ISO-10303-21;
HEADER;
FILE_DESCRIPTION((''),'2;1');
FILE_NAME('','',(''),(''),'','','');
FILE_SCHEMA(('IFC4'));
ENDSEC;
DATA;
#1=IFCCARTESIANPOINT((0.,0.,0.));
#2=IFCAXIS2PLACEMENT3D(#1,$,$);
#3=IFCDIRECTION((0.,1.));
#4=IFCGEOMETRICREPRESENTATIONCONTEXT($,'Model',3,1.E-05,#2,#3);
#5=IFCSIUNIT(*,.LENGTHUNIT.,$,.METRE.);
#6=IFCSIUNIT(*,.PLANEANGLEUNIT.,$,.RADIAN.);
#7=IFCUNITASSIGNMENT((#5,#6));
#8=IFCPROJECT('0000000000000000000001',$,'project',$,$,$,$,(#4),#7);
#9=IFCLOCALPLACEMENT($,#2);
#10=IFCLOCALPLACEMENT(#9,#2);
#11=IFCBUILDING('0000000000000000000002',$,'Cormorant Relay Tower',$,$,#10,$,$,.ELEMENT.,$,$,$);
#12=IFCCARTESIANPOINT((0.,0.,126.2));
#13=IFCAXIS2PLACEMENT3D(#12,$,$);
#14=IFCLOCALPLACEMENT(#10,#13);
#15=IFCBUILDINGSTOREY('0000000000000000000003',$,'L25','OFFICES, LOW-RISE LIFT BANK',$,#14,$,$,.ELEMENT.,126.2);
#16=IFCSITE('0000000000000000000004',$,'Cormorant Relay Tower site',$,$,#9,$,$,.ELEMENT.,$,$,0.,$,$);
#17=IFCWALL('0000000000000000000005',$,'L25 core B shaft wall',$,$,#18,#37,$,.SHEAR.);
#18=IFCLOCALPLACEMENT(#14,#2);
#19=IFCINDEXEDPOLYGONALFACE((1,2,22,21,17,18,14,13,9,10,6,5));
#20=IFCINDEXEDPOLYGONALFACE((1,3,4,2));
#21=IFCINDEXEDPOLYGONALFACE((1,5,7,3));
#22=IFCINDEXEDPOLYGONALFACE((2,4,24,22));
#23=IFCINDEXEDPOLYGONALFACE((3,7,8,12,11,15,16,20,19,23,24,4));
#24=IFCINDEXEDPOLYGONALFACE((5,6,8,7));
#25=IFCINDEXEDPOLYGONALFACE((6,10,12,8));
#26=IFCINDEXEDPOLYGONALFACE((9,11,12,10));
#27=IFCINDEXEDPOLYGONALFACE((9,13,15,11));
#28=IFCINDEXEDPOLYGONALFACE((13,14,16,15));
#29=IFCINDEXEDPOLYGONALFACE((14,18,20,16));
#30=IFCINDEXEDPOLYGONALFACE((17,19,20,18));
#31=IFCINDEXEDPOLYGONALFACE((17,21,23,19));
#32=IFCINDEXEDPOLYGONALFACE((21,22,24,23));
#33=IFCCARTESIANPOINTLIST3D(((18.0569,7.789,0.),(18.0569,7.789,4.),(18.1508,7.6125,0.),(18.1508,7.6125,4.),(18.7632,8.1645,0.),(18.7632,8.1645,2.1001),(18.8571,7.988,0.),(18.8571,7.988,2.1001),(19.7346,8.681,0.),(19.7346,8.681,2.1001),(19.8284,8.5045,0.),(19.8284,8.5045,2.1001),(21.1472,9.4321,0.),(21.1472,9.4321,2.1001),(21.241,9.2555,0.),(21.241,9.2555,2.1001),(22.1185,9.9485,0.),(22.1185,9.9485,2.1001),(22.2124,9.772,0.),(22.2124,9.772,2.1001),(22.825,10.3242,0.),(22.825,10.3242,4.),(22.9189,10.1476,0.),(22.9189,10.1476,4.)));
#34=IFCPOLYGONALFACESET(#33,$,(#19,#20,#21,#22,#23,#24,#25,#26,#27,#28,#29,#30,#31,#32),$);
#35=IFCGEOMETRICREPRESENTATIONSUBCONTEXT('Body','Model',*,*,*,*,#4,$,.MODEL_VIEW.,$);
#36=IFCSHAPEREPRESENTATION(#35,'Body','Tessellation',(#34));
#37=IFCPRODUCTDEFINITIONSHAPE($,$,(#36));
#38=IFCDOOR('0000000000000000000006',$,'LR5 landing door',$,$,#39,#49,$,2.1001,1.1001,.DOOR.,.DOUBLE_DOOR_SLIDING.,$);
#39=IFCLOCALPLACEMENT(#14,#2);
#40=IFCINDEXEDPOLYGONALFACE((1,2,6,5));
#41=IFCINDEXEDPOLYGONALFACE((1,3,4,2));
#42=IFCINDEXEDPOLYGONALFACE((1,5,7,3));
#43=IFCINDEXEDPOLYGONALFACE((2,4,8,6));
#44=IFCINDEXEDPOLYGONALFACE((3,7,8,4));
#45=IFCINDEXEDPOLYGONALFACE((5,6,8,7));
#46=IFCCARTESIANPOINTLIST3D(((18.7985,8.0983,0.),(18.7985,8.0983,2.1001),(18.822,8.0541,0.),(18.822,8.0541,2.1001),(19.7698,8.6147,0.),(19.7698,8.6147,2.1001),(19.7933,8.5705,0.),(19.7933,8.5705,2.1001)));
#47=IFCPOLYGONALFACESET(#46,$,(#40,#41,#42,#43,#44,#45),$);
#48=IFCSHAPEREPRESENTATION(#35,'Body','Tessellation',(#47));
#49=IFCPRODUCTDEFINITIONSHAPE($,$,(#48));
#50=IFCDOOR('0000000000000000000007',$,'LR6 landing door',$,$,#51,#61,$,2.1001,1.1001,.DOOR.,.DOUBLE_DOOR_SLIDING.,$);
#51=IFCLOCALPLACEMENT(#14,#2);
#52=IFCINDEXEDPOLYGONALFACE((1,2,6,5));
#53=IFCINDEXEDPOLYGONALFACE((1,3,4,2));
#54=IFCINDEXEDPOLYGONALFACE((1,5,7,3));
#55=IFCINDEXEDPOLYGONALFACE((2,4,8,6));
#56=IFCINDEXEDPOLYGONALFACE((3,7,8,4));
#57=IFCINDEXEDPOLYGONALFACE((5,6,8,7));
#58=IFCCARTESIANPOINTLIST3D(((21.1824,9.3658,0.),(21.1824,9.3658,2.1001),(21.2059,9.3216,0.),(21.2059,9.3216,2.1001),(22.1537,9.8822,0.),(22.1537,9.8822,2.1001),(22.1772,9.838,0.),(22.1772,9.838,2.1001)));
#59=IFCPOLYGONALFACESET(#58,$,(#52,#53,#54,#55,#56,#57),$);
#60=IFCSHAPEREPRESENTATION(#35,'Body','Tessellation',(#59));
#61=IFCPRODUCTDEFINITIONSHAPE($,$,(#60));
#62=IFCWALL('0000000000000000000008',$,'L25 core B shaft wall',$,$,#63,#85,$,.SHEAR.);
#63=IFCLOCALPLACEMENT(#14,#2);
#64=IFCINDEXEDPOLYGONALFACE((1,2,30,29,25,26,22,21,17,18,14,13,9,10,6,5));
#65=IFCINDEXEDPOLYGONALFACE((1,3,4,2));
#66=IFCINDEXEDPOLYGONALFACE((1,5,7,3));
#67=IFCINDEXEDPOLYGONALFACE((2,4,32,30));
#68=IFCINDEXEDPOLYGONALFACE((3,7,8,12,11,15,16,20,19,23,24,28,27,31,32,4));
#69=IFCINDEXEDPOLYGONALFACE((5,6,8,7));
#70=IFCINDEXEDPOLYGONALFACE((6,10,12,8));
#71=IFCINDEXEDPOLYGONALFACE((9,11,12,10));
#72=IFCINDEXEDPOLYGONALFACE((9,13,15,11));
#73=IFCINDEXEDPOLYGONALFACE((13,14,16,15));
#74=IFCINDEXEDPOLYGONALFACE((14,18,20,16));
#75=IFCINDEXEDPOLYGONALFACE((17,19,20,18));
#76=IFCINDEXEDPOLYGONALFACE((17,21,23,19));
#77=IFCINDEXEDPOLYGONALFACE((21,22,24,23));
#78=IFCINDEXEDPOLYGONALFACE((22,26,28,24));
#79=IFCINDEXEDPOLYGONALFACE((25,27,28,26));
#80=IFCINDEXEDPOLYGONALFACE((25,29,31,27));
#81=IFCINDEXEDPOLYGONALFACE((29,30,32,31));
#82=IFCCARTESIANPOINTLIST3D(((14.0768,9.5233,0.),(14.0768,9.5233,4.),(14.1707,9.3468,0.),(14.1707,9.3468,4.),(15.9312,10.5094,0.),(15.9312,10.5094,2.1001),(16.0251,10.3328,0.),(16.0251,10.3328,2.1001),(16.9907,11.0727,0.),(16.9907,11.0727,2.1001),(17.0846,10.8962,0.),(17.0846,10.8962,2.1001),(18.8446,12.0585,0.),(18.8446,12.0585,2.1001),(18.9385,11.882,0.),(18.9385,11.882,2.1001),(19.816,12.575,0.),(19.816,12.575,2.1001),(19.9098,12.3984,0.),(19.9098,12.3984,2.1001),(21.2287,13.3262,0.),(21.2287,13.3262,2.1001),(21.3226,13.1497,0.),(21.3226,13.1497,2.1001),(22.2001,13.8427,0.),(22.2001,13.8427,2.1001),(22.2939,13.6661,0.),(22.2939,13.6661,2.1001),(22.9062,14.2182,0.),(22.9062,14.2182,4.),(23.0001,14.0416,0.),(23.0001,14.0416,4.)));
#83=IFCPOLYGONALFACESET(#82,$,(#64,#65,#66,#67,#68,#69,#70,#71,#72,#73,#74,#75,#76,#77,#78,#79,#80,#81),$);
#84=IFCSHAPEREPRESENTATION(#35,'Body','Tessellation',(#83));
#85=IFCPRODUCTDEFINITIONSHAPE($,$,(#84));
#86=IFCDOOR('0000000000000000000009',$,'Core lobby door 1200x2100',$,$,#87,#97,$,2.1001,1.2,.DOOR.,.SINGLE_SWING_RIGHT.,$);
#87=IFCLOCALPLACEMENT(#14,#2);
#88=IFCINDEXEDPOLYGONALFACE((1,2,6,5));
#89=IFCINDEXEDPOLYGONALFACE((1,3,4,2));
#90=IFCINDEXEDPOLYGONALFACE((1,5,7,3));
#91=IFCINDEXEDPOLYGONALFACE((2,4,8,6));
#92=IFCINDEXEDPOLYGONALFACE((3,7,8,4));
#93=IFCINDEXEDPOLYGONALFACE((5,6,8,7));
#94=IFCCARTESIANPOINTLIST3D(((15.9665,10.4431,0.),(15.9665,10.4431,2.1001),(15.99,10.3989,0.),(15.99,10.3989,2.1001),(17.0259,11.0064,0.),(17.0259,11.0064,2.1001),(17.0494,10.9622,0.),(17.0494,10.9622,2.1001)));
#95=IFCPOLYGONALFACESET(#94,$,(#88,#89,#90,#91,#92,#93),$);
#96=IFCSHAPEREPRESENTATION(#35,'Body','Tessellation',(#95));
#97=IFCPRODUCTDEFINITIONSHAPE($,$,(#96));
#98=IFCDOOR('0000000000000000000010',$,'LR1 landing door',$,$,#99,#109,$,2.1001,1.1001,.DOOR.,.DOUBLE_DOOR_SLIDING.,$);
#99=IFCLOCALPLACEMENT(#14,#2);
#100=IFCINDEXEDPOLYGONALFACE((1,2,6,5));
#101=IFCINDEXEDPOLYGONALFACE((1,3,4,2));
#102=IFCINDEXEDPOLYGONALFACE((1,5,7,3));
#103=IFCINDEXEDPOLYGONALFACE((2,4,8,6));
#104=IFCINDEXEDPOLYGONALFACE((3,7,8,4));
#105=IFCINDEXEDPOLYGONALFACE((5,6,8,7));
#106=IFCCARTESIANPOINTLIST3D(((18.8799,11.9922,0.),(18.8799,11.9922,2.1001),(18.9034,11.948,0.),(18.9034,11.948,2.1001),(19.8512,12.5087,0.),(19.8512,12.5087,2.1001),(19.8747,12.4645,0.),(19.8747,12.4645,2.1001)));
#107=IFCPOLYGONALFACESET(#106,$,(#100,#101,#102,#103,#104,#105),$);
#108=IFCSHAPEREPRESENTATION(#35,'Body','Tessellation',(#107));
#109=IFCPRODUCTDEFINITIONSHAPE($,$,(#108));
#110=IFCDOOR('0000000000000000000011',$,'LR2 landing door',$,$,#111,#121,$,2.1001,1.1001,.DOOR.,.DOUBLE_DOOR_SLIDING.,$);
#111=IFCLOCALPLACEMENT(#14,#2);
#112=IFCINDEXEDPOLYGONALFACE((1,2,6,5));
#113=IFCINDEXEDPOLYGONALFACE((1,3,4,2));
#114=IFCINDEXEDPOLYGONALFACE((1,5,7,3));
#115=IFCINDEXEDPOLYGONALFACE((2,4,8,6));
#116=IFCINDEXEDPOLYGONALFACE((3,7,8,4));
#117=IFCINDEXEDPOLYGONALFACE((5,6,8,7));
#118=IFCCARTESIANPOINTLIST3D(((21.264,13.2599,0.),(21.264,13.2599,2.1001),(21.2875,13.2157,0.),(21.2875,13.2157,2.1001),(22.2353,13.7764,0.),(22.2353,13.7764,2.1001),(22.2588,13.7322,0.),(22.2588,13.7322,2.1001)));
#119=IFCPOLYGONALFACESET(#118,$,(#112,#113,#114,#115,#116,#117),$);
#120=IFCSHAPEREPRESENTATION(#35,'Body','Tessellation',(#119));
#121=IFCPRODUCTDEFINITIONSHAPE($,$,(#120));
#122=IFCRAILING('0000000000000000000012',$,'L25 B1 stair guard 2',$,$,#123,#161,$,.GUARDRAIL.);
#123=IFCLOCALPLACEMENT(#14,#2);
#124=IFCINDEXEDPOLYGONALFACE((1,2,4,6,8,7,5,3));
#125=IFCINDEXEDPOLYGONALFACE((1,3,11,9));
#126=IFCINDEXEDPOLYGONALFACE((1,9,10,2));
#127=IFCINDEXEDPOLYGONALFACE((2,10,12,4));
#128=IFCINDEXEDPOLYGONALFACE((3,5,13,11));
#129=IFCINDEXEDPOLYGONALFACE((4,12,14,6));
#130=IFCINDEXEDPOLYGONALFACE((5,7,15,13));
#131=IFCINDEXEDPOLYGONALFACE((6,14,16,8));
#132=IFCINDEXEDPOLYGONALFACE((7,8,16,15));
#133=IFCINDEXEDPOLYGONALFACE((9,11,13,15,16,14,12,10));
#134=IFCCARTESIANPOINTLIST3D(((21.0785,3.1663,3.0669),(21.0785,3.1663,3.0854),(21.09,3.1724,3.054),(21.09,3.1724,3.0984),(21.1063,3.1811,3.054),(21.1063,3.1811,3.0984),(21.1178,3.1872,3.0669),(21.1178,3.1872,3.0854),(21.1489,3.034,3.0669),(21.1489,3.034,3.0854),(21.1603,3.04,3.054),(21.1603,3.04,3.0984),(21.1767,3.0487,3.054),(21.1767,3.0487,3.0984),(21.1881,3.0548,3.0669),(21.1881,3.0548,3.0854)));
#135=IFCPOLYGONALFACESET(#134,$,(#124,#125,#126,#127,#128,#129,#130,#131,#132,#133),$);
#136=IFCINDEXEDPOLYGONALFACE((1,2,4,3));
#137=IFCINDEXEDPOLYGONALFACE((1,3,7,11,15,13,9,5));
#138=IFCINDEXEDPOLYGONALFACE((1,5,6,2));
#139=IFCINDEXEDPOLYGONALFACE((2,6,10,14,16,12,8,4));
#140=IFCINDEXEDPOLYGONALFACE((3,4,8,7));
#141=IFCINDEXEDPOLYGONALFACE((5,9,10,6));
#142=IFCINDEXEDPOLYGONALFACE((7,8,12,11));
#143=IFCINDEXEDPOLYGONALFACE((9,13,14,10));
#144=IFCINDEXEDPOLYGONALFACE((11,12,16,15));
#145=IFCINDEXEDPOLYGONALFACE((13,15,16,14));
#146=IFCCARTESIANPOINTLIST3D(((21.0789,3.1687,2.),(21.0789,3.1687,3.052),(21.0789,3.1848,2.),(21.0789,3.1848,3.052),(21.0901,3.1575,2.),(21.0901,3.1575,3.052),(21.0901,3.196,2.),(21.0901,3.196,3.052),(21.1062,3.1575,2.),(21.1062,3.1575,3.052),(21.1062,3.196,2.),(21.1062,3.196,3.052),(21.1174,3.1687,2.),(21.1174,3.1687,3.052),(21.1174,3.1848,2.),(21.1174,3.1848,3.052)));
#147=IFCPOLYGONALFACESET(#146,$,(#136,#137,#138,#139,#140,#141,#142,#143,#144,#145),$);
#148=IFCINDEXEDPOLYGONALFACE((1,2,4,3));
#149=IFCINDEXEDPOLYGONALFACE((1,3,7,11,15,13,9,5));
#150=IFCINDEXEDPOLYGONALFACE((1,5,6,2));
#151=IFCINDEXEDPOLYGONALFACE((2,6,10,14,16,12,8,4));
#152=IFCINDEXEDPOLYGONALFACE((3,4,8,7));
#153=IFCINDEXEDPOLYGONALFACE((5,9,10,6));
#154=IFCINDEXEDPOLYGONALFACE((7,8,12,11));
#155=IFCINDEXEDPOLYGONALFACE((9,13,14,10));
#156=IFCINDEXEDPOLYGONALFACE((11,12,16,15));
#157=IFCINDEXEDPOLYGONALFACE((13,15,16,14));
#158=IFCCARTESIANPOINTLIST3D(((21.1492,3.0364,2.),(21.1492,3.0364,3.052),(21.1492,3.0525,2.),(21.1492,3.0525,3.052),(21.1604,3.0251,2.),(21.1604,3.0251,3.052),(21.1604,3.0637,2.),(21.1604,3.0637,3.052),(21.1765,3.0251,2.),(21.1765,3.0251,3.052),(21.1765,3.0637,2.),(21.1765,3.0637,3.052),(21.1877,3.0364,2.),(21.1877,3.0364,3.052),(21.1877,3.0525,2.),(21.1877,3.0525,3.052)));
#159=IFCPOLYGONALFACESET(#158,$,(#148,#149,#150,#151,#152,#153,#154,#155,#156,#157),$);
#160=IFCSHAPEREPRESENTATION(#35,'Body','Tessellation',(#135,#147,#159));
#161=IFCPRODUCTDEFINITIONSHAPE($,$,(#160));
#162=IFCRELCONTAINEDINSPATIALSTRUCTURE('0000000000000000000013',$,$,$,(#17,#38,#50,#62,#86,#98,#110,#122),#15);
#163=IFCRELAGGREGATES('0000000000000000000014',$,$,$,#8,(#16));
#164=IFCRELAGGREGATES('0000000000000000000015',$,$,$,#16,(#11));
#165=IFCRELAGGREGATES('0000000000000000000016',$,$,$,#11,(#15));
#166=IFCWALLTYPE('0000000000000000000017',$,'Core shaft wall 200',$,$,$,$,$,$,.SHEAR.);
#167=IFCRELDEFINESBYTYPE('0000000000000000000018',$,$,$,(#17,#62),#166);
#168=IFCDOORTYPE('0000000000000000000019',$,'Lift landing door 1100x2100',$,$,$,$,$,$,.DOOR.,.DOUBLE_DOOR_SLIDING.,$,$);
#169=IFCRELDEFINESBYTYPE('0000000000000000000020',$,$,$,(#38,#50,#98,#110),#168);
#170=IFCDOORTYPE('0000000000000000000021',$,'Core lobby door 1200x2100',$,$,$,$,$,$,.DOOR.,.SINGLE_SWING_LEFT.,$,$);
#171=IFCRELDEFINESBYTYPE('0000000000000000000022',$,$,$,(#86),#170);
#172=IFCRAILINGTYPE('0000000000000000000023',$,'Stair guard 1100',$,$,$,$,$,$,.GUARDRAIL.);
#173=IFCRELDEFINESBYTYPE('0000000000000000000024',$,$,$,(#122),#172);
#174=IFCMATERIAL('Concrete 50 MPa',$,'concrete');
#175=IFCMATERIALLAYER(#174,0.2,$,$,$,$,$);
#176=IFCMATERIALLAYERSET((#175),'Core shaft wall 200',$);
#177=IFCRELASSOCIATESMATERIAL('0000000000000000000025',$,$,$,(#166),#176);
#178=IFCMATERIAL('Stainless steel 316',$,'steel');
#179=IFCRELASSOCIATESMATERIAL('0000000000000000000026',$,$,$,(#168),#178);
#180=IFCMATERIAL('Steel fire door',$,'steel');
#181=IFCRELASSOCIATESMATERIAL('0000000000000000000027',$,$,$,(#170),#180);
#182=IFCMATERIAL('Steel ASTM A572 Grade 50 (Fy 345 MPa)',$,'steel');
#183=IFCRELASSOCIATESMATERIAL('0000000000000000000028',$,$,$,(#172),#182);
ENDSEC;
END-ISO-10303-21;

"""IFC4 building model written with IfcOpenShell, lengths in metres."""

from ifc_helpers import new_model, si_unit, direction, frame, frame_2d, origin, place, context, subcontext, project, spatial, polyline, rectangle, outline, extrude, material, layer, layer_set, type_object, element, fill, save


model = new_model("IFC4")

# Units and contexts
model_context = context("Model", 3, precision=1e-05, world=origin(), true_north=direction((0.0, 1.0)))
body_context = subcontext(model_context, "Body", "Model", "MODEL_VIEW")
ifc_project = project(units=[si_unit("LENGTHUNIT", "METRE"), si_unit("PLANEANGLEUNIT", "RADIAN")], contexts=[model_context])

# Site, building, storey
site_placement = place(None, origin())
site = spatial("IfcSite", under=ifc_project, at=site_placement, Name="Cormorant Relay Tower site", CompositionType="ELEMENT", RefElevation=0.0)
building_placement = place(site_placement, origin())
building = spatial("IfcBuilding", under=site, at=building_placement, Name="Cormorant Relay Tower", CompositionType="ELEMENT")
storey_placement = place(building_placement, frame((0.0, 0.0, 126.2)))
storey = spatial("IfcBuildingStorey", under=building, at=storey_placement, Name="L25", Description="OFFICES, LOW-RISE LIFT BANK", CompositionType="ELEMENT", Elevation=126.2)

# Shared definitions
ifc_material_1 = material(Name="Concrete 50 MPa", Category="concrete")
ifc_layer_1 = layer(ifc_material_1, 0.2)
ifc_layer_set_1 = layer_set([ifc_layer_1], Name="Core shaft wall 200")
wall_type_1 = type_object("IfcWallType", Name="Core shaft wall 200", PredefinedType="SHEAR", material=ifc_layer_set_1)

# Walls, openings, doors
wall_1_placement = place(storey_placement, frame((18.1038, 7.7007, 0.0), z_axis=(0.0, 0.0, 1.0), x_axis=(0.882953, 0.469462, 0.0)))
wall_1 = element("IfcWall", 1, at=wall_1_placement, inside=storey, type_object=wall_type_1, Name="L25 core B shaft wall", PredefinedType="SHEAR", context=body_context, shape_type="SweptSolid", body=[
    extrude(rectangle(XDim=5.4001, YDim=0.2, at=frame_2d((2.7002, 0.0))), origin(), (0.0, 0.0, 1.0), 4.0),
])
opening_1_placement = place(wall_1_placement, frame((0.8, 0.0, 0.0)))
opening_1 = element("IfcOpeningElement", 2, at=opening_1_placement, cuts=wall_1, PredefinedType="OPENING", context=body_context, shape_type="SweptSolid", body=[
    extrude(rectangle(XDim=1.1001, YDim=2.1001, at=frame_2d((0.55, 1.05))), frame((0.0, 0.1099, 0.0), z_axis=(0.0, -1.0, 0.0), x_axis=(1.0, 0.0, 0.0)), (0.0, 0.0, 1.0), 0.22),
])
opening_2_placement = place(wall_1_placement, frame((3.5, 0.0, 0.0)))
opening_2 = element("IfcOpeningElement", 3, at=opening_2_placement, cuts=wall_1, PredefinedType="OPENING", context=body_context, shape_type="SweptSolid", body=[
    extrude(rectangle(XDim=1.1001, YDim=2.1001, at=frame_2d((0.55, 1.05))), frame((0.0, 0.1099, 0.0), z_axis=(0.0, -1.0, 0.0), x_axis=(1.0, 0.0, 0.0)), (0.0, 0.0, 1.0), 0.22),
])
ifc_material_2 = material(Name="Stainless steel 316", Category="steel")
door_type_1 = type_object("IfcDoorType", Name="Lift landing door 1100x2100", OperationType="DOUBLE_DOOR_SLIDING", PredefinedType="DOOR", material=ifc_material_2)
door_1_placement = place(opening_1_placement, origin())
door_1 = element("IfcDoor", 4, at=door_1_placement, inside=storey, type_object=door_type_1, Name="LR5 landing door", OperationType="DOUBLE_DOOR_SLIDING", OverallHeight=2.1001, OverallWidth=1.1001, PredefinedType="DOOR", context=body_context, shape_type="SweptSolid", body=[
    extrude(rectangle(XDim=1.1001, YDim=2.1001, at=frame_2d((0.55, 1.05))), frame((0.0, 0.0249, 0.0), z_axis=(0.0, -1.0, 0.0), x_axis=(1.0, 0.0, 0.0)), (0.0, 0.0, 1.0), 0.05),
])
fill(opening_1, door_1)
door_2_placement = place(opening_2_placement, origin())
door_2 = element("IfcDoor", 5, at=door_2_placement, inside=storey, type_object=door_type_1, Name="LR6 landing door", OperationType="DOUBLE_DOOR_SLIDING", OverallHeight=2.1001, OverallWidth=1.1001, PredefinedType="DOOR", context=body_context, shape_type="SweptSolid", body=[
    extrude(rectangle(XDim=1.1001, YDim=2.1001, at=frame_2d((0.55, 1.05))), frame((0.0, 0.0249, 0.0), z_axis=(0.0, -1.0, 0.0), x_axis=(1.0, 0.0, 0.0)), (0.0, 0.0, 1.0), 0.05),
])
fill(opening_2, door_2)
wall_2_placement = place(storey_placement, frame((14.1238, 9.4351, 0.0), z_axis=(0.0, 0.0, 1.0), x_axis=(0.88294, 0.469485, 0.0)))
wall_2 = element("IfcWall", 6, at=wall_2_placement, inside=storey, type_object=wall_type_1, Name="L25 core B shaft wall", PredefinedType="SHEAR", context=body_context, shape_type="SweptSolid", body=[
    extrude(rectangle(XDim=10.0, YDim=0.2, at=frame_2d((5.0, 0.0))), origin(), (0.0, 0.0, 1.0), 4.0),
])
opening_3_placement = place(wall_2_placement, frame((2.1001, 0.0, 0.0)))
opening_3 = element("IfcOpeningElement", 7, at=opening_3_placement, cuts=wall_2, PredefinedType="OPENING", context=body_context, shape_type="SweptSolid", body=[
    extrude(rectangle(XDim=1.2, YDim=2.1001, at=frame_2d((0.6001, 1.05))), frame((0.0, 0.1099, 0.0), z_axis=(0.0, -1.0, 0.0), x_axis=(1.0, 0.0, 0.0)), (0.0, 0.0, 1.0), 0.22),
])
opening_4_placement = place(wall_2_placement, frame((5.3999, 0.0, 0.0)))
opening_4 = element("IfcOpeningElement", 8, at=opening_4_placement, cuts=wall_2, PredefinedType="OPENING", context=body_context, shape_type="SweptSolid", body=[
    extrude(rectangle(XDim=1.1001, YDim=2.1001, at=frame_2d((0.55, 1.05))), frame((0.0, 0.1099, 0.0), z_axis=(0.0, -1.0, 0.0), x_axis=(1.0, 0.0, 0.0)), (0.0, 0.0, 1.0), 0.22),
])
opening_5_placement = place(wall_2_placement, frame((8.1001, 0.0, 0.0)))
opening_5 = element("IfcOpeningElement", 9, at=opening_5_placement, cuts=wall_2, PredefinedType="OPENING", context=body_context, shape_type="SweptSolid", body=[
    extrude(rectangle(XDim=1.1001, YDim=2.1001, at=frame_2d((0.55, 1.05))), frame((0.0, 0.1099, 0.0), z_axis=(0.0, -1.0, 0.0), x_axis=(1.0, 0.0, 0.0)), (0.0, 0.0, 1.0), 0.22),
])
ifc_material_3 = material(Name="Steel fire door", Category="steel")
door_type_2 = type_object("IfcDoorType", Name="Core lobby door 1200x2100", OperationType="SINGLE_SWING_LEFT", PredefinedType="DOOR", material=ifc_material_3)
door_3_placement = place(opening_3_placement, origin())
door_3 = element("IfcDoor", 10, at=door_3_placement, inside=storey, type_object=door_type_2, Name="Core lobby door 1200x2100", OperationType="SINGLE_SWING_RIGHT", OverallHeight=2.1001, OverallWidth=1.2, PredefinedType="DOOR", context=body_context, shape_type="SweptSolid", body=[
    extrude(rectangle(XDim=1.2, YDim=2.1001, at=frame_2d((0.6001, 1.05))), frame((0.0, 0.0249, 0.0), z_axis=(0.0, -1.0, 0.0), x_axis=(1.0, 0.0, 0.0)), (0.0, 0.0, 1.0), 0.05),
])
fill(opening_3, door_3)
door_4_placement = place(opening_4_placement, origin())
door_4 = element("IfcDoor", 11, at=door_4_placement, inside=storey, type_object=door_type_1, Name="LR1 landing door", OperationType="DOUBLE_DOOR_SLIDING", OverallHeight=2.1001, OverallWidth=1.1001, PredefinedType="DOOR", context=body_context, shape_type="SweptSolid", body=[
    extrude(rectangle(XDim=1.1001, YDim=2.1001, at=frame_2d((0.55, 1.05))), frame((0.0, 0.0249, 0.0), z_axis=(0.0, -1.0, 0.0), x_axis=(1.0, 0.0, 0.0)), (0.0, 0.0, 1.0), 0.05),
])
fill(opening_4, door_4)
door_5_placement = place(opening_5_placement, origin())
door_5 = element("IfcDoor", 12, at=door_5_placement, inside=storey, type_object=door_type_1, Name="LR2 landing door", OperationType="DOUBLE_DOOR_SLIDING", OverallHeight=2.1001, OverallWidth=1.1001, PredefinedType="DOOR", context=body_context, shape_type="SweptSolid", body=[
    extrude(rectangle(XDim=1.1001, YDim=2.1001, at=frame_2d((0.55, 1.05))), frame((0.0, 0.0249, 0.0), z_axis=(0.0, -1.0, 0.0), x_axis=(1.0, 0.0, 0.0)), (0.0, 0.0, 1.0), 0.05),
])
fill(opening_5, door_5)

# Railing
ifc_material_4 = material(Name="Steel ASTM A572 Grade 50 (Fy 345 MPa)", Category="steel")
railing_type = type_object("IfcRailingType", Name="Stair guard 1100", PredefinedType="GUARDRAIL", material=ifc_material_4)
railing_1_placement = place(storey_placement, frame((21.0981, 3.1768, 2.0)))
element("IfcRailing", 13, at=railing_1_placement, inside=storey, type_object=railing_type, Name="L25 B1 stair guard 2", PredefinedType="GUARDRAIL", context=body_context, shape_type="SweptSolid", body=[
    extrude(outline(polyline([(0.0222, 0.0093), (0.0093, 0.0222), (-0.0093, 0.0222), (-0.0222, 0.0093), (-0.0222, -0.0093), (-0.0093, -0.0222), (0.0093, -0.0222), (0.0222, -0.0093), (0.0222, 0.0093)])), frame((0.0, 0.0, 1.0762), z_axis=(0.469235, -0.883074, 0.0), x_axis=(0.883074, 0.469235, 0.0)), (0.0, 0.0, 1.0), 0.1499),
    extrude(outline(polyline([(0.0193, 0.0081), (0.0081, 0.0193), (-0.0081, 0.0193), (-0.0193, 0.0081), (-0.0193, -0.0081), (-0.0081, -0.0193), (0.0081, -0.0193), (0.0193, -0.0081), (0.0193, 0.0081)])), origin(), (0.0, 0.0, 1.0), 1.052),
    extrude(outline(polyline([(0.0193, 0.0081), (0.0081, 0.0193), (-0.0081, 0.0193), (-0.0193, 0.0081), (-0.0193, -0.0081), (-0.0081, -0.0193), (0.0081, -0.0193), (0.0193, -0.0081), (0.0193, 0.0081)])), frame((0.0703, -0.1323, 0.0)), (0.0, 0.0, 1.0), 1.052),
])

save(model, "model.ifc")
